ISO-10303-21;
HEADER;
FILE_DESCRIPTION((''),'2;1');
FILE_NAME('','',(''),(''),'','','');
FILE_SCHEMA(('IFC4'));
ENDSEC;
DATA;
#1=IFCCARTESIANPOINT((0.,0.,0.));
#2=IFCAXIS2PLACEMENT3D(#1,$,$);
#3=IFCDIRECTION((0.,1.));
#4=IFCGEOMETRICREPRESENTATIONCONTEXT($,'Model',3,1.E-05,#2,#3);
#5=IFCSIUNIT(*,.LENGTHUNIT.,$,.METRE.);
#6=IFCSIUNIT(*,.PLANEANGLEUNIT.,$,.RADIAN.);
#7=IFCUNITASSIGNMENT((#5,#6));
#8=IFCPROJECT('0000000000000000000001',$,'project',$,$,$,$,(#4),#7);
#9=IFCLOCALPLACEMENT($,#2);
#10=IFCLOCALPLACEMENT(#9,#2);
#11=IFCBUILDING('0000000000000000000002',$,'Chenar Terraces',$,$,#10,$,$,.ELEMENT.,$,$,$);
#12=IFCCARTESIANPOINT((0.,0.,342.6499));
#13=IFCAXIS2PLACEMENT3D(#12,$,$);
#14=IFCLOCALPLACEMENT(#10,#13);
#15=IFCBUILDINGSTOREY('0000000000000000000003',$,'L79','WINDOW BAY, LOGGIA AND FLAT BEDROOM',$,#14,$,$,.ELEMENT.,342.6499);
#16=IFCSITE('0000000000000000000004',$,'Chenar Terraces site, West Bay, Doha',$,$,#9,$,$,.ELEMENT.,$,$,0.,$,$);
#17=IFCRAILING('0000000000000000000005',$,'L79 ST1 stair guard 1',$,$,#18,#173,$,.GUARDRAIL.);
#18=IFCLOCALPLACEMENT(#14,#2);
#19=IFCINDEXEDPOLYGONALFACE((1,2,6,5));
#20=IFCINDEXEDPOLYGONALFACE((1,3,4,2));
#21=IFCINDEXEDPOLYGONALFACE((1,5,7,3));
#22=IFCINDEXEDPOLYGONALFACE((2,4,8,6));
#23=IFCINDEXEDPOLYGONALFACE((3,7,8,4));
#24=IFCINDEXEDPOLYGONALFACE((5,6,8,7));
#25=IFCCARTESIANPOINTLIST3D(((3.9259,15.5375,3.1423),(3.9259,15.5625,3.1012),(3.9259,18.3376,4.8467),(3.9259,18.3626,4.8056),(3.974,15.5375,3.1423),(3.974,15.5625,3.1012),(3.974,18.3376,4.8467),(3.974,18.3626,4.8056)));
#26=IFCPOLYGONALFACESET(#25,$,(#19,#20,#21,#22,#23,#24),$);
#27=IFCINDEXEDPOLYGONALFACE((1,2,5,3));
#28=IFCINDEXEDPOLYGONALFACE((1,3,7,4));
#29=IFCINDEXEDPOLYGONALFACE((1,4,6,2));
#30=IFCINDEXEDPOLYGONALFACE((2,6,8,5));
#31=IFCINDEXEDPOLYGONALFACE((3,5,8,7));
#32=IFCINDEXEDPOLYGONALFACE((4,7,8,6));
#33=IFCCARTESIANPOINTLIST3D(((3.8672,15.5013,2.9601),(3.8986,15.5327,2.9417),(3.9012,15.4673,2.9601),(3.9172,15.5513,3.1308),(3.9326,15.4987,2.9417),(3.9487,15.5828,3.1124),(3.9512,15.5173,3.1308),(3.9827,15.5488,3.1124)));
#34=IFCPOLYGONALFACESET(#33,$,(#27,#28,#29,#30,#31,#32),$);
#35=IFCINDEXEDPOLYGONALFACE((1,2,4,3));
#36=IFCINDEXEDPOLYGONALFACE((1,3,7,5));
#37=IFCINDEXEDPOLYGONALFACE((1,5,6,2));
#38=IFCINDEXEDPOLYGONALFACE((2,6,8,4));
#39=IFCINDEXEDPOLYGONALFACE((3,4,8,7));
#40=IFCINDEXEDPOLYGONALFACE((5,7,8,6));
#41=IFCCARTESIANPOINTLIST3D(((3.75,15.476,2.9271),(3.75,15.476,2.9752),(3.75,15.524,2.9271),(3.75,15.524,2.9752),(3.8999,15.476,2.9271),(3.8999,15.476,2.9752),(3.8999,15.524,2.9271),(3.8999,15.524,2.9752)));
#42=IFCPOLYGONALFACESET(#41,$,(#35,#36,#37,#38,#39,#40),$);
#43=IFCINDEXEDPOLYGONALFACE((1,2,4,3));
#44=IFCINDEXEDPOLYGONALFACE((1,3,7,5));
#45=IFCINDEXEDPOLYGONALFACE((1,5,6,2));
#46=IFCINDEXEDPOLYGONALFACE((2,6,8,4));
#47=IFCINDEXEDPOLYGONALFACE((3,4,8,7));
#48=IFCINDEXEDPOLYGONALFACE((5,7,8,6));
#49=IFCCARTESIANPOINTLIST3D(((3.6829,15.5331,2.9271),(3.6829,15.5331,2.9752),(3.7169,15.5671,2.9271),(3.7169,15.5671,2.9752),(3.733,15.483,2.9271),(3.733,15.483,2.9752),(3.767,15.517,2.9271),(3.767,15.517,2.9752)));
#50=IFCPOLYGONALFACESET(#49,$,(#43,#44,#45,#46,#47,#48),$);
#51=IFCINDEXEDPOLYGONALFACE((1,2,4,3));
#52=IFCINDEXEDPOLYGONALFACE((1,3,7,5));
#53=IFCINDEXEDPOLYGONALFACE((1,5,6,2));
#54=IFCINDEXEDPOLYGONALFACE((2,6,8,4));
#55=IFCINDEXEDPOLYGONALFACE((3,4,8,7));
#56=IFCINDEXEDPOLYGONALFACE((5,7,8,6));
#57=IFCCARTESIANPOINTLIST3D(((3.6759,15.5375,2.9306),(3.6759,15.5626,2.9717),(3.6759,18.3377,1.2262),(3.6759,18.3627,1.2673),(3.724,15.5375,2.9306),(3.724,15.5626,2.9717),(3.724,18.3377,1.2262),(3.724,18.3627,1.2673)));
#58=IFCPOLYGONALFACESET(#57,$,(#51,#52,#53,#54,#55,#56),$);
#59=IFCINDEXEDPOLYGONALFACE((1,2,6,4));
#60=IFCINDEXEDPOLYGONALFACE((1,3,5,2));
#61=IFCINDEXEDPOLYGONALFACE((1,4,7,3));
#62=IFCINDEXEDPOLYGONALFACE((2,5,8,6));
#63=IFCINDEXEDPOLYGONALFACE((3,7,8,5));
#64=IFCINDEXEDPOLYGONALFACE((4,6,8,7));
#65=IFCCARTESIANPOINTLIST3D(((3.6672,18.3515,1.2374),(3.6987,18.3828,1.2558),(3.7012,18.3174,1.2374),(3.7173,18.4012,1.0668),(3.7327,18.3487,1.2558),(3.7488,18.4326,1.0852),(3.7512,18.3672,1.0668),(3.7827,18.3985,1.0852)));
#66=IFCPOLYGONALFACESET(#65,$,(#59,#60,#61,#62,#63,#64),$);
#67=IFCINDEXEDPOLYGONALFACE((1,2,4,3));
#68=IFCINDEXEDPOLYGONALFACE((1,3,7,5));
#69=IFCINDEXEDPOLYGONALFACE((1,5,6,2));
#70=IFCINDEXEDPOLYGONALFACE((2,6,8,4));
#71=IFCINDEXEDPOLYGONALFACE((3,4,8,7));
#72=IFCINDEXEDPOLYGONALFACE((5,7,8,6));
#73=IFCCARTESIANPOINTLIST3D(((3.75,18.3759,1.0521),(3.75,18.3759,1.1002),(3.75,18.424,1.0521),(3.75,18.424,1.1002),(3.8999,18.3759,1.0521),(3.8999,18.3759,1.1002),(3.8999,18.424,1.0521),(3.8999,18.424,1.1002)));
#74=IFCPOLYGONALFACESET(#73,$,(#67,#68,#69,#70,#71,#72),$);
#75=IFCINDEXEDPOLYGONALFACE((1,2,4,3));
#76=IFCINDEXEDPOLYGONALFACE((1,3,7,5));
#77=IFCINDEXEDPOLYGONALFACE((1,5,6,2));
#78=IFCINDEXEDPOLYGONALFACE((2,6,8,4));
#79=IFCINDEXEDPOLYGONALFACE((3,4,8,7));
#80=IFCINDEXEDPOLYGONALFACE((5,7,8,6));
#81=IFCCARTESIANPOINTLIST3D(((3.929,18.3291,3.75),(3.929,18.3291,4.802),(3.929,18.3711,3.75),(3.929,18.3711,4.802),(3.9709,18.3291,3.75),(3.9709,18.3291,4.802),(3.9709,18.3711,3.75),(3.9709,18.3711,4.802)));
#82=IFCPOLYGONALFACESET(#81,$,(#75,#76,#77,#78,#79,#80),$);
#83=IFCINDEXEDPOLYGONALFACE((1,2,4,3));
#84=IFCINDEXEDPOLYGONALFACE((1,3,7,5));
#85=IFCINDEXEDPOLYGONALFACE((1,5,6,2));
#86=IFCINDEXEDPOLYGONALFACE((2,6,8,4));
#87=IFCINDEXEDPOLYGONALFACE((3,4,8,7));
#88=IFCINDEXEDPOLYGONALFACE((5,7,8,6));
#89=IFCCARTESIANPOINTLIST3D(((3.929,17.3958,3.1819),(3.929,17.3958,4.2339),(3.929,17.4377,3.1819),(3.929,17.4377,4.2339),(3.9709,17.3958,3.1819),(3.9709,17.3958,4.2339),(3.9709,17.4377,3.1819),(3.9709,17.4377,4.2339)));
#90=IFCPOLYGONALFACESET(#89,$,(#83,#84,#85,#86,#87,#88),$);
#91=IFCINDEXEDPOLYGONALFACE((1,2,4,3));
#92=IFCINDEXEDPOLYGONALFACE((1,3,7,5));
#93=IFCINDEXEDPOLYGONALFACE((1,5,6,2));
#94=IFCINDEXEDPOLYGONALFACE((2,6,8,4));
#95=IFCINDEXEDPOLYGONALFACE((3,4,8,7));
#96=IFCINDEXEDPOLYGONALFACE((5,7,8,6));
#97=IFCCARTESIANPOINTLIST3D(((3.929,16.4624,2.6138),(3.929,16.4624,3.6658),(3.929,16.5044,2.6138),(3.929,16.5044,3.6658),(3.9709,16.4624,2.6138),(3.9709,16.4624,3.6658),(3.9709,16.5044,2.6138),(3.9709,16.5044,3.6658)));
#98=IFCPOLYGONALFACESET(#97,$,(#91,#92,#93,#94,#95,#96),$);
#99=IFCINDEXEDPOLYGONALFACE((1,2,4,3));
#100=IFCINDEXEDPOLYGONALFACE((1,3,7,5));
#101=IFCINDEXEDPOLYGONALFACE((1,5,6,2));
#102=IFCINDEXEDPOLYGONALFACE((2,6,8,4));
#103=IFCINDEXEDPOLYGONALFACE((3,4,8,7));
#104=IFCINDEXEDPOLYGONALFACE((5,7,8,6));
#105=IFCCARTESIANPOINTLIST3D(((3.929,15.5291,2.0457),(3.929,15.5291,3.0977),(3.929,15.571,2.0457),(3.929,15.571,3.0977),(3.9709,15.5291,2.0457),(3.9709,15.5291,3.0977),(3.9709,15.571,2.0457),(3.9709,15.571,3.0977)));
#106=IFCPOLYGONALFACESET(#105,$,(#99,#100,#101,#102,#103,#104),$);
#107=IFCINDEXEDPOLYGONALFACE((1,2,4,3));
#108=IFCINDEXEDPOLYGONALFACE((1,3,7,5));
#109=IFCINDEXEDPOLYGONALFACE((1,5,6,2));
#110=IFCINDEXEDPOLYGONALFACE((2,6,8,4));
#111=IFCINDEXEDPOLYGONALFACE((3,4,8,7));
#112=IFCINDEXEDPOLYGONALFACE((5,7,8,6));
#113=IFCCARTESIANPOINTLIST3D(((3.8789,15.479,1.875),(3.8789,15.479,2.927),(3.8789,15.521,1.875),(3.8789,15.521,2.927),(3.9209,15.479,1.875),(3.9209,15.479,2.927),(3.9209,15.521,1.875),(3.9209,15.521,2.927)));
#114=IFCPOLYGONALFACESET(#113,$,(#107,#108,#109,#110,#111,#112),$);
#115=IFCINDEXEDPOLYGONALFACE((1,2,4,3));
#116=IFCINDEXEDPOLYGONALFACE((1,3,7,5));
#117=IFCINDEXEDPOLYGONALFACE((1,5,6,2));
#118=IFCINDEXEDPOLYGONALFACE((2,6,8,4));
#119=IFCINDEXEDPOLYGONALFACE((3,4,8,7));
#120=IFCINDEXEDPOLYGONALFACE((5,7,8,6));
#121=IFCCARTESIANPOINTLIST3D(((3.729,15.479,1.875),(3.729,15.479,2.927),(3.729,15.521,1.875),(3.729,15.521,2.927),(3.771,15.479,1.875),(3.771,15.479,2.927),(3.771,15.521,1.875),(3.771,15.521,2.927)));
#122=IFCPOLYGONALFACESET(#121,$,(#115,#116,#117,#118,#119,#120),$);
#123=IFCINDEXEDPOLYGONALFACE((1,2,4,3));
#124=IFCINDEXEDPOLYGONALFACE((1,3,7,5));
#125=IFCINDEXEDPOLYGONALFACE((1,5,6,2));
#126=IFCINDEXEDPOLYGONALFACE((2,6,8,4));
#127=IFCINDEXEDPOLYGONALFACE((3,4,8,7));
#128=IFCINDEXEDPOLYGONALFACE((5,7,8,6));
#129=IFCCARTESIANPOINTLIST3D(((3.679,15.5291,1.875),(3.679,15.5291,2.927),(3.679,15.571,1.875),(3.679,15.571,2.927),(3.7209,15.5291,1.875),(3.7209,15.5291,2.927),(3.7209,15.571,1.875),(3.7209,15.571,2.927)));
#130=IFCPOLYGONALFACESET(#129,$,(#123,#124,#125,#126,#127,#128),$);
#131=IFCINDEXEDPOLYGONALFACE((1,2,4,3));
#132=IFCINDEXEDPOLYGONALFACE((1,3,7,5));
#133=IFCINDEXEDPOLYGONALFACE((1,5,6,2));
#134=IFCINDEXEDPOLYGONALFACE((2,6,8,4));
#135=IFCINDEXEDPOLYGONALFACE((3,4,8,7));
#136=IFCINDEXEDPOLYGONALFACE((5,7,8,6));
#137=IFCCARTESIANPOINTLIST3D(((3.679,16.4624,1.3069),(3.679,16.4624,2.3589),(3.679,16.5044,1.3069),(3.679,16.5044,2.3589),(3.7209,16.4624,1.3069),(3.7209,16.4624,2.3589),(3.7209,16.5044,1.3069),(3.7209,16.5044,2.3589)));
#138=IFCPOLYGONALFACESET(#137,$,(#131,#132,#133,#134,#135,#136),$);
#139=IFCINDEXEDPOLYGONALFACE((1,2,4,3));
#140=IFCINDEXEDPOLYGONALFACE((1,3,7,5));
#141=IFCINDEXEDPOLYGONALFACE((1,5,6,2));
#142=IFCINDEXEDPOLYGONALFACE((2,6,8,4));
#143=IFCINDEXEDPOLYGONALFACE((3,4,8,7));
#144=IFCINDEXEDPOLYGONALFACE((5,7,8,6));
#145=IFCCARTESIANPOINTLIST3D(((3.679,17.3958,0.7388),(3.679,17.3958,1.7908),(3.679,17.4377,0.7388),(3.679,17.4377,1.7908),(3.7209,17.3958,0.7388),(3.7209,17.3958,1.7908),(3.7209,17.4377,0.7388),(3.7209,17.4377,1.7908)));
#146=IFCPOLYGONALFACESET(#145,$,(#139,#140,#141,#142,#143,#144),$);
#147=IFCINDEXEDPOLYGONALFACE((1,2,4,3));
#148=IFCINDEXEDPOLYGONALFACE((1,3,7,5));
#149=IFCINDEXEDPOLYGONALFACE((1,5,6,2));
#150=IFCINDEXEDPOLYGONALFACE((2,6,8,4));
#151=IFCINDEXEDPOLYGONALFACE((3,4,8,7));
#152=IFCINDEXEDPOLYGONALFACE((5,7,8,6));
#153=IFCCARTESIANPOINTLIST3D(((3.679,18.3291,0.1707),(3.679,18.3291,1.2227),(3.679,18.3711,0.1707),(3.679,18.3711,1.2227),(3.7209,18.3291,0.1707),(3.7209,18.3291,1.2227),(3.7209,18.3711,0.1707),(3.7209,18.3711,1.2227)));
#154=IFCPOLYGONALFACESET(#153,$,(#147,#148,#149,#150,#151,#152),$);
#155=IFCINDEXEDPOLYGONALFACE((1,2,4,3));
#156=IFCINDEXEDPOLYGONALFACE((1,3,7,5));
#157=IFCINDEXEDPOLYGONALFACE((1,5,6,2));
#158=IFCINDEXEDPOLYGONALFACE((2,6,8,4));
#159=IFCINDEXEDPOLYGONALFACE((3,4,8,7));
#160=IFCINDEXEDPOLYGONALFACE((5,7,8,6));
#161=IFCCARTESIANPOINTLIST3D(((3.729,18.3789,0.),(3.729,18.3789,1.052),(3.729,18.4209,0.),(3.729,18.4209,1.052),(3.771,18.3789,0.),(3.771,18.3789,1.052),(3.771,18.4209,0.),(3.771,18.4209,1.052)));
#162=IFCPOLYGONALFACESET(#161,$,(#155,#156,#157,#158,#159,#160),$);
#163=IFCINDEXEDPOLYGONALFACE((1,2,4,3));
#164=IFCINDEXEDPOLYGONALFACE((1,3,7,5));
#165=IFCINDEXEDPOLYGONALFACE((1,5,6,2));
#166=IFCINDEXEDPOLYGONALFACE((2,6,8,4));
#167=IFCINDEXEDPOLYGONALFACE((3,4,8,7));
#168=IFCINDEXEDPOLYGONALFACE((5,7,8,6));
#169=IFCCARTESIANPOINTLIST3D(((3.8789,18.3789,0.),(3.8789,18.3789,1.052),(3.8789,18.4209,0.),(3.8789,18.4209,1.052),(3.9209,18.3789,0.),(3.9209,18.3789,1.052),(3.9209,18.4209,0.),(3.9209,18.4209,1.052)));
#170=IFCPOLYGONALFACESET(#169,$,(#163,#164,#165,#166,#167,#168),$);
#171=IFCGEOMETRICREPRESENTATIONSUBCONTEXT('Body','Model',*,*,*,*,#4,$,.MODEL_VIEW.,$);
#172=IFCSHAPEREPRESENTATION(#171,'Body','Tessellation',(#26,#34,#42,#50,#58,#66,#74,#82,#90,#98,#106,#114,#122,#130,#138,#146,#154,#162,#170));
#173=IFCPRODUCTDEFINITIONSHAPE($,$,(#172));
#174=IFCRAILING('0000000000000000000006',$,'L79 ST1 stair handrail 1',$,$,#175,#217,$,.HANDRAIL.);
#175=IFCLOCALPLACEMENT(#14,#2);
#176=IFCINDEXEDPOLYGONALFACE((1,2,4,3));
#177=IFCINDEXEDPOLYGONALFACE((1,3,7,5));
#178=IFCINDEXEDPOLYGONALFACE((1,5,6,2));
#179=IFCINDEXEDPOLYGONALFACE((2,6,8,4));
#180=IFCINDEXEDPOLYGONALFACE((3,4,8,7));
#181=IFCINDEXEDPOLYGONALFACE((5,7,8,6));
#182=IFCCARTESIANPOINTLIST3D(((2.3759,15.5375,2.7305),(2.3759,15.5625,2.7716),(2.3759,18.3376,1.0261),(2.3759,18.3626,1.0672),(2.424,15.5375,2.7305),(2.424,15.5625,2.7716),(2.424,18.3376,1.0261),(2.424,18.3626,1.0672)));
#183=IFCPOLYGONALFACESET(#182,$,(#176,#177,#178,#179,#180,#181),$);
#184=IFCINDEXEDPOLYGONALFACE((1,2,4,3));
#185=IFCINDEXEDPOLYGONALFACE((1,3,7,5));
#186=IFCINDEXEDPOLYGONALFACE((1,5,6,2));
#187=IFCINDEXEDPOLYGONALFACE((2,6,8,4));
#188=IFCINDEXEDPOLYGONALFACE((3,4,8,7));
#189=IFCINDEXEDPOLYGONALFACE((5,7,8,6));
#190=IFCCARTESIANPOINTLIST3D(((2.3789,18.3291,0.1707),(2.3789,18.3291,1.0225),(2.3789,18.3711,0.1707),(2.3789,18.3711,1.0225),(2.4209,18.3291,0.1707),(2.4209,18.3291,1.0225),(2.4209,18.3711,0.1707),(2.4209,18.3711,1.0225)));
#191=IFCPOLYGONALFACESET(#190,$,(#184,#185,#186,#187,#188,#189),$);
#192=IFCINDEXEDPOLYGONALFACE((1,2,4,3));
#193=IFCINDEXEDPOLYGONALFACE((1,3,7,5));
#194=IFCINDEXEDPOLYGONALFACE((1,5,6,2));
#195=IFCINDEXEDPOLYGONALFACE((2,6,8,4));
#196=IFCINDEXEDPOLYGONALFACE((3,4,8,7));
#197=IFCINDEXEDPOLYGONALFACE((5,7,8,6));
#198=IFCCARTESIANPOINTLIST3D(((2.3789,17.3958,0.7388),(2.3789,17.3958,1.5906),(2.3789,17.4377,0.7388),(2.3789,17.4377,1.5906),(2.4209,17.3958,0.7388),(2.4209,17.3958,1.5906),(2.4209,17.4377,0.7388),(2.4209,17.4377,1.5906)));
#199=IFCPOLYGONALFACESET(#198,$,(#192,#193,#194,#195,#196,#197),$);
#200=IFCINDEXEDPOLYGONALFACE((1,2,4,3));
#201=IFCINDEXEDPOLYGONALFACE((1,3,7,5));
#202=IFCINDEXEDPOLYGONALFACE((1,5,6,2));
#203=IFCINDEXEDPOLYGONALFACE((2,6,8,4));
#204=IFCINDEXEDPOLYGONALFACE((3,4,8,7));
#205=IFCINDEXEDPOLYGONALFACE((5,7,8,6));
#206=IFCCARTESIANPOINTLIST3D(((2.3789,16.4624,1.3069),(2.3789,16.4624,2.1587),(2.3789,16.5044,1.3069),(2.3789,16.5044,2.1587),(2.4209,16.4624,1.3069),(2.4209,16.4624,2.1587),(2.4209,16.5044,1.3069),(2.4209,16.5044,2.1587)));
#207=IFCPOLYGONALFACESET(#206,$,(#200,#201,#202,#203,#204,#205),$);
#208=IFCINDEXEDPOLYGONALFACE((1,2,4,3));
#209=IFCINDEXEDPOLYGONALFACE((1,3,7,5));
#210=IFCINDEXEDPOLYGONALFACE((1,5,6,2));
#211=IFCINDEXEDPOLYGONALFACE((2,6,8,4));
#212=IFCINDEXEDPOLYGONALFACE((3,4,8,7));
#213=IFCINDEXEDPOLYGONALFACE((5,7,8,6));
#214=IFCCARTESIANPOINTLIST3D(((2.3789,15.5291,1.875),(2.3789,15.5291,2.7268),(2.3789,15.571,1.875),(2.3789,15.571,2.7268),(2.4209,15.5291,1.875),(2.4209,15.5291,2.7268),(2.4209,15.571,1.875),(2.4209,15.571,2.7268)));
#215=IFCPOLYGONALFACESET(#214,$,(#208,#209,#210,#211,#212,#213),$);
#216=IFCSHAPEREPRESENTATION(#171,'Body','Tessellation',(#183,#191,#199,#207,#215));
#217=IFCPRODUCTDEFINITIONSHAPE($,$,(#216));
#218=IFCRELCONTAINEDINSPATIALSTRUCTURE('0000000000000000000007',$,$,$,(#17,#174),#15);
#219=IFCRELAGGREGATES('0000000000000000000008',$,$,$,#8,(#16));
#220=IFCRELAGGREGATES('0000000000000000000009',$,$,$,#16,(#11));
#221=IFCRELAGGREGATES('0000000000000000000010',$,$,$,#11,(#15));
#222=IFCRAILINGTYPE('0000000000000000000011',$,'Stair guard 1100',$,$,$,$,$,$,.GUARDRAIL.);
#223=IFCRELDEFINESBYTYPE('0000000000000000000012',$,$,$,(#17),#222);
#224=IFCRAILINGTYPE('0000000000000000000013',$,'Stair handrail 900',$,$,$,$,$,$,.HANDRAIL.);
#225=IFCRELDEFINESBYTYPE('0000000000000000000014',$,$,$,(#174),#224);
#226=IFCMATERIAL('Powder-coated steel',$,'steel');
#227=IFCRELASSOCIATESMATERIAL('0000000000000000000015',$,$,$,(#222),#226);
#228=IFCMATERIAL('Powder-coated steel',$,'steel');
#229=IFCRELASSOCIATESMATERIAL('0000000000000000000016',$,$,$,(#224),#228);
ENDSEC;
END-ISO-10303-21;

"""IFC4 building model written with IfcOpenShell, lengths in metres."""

from ifc_helpers import new_model, si_unit, direction, frame, origin, origin_2d, place, context, subcontext, project, spatial, rectangle, extrude, material, type_object, element, save


model = new_model("IFC4")

# Units and contexts
model_context = context("Model", 3, precision=1e-05, world=origin(), true_north=direction((0.0, 1.0)))
body_context = subcontext(model_context, "Body", "Model", "MODEL_VIEW")
ifc_project = project(units=[si_unit("LENGTHUNIT", "METRE"), si_unit("PLANEANGLEUNIT", "RADIAN")], contexts=[model_context])

# Site, building, storey
site_placement = place(None, origin())
site = spatial("IfcSite", under=ifc_project, at=site_placement, Name="Chenar Terraces site, West Bay, Doha", CompositionType="ELEMENT", RefElevation=0.0)
building_placement = place(site_placement, origin())
building = spatial("IfcBuilding", under=site, at=building_placement, Name="Chenar Terraces", CompositionType="ELEMENT")
storey_placement = place(building_placement, frame((0.0, 0.0, 342.6499)))
storey = spatial("IfcBuildingStorey", under=building, at=storey_placement, Name="L79", Description="WINDOW BAY, LOGGIA AND FLAT BEDROOM", CompositionType="ELEMENT", Elevation=342.6499)

# Railings
ifc_material_1 = material(Name="Powder-coated steel", Category="steel")
railing_type_1 = type_object("IfcRailingType", Name="Stair guard 1100", PredefinedType="GUARDRAIL", material=ifc_material_1)
railing_1_placement = place(storey_placement, frame((3.95, 18.3501, 3.75)))
element("IfcRailing", 1, at=railing_1_placement, inside=storey, type_object=railing_type_1, Name="L79 ST1 stair guard 1", PredefinedType="GUARDRAIL", context=body_context, shape_type="SweptSolid", body=[
    extrude(rectangle(XDim=0.0481, YDim=0.0481, at=origin_2d()), frame((0.0, 0.0, 1.0762), z_axis=(0.0, -0.854203, -0.51994), x_axis=(1.0, 0.0, 0.0)), (0.0, 0.0, 1.0), 3.2781),
    extrude(rectangle(XDim=0.0481, YDim=0.0481, at=origin_2d()), frame((0.0, -2.8, -0.6284), z_axis=(-0.2709, -0.2709, -0.923703), x_axis=(0.707107, -0.707107, 0.0)), (0.0, 0.0, 1.0), 0.1848),
    extrude(rectangle(XDim=0.0481, YDim=0.0481, at=origin_2d()), frame((-0.05, -2.8501, -0.7988), z_axis=(-1.0, 0.0, 0.0), x_axis=(0.0, -1.0, 0.0)), (0.0, 0.0, 1.0), 0.1499),
    extrude(rectangle(XDim=0.0481, YDim=0.0481, at=origin_2d()), frame((-0.2, -2.8501, -0.7988), z_axis=(-0.707107, 0.707107, 0.0), x_axis=(-0.707107, -0.707107, 0.0)), (0.0, 0.0, 1.0), 0.0708),
    extrude(rectangle(XDim=0.0481, YDim=0.0481, at=origin_2d()), frame((-0.25, -2.8, -0.7988), z_axis=(0.0, 0.854203, -0.51994), x_axis=(-1.0, 0.0, 0.0)), (0.0, 0.0, 1.0), 3.2781),
    extrude(rectangle(XDim=0.0481, YDim=0.0481, at=origin_2d()), frame((-0.25, 0.0, -2.5034), z_axis=(0.270997, 0.269675, -0.924033), x_axis=(-0.705376, 0.708834, 0.0)), (0.0, 0.0, 1.0), 0.1846),
    extrude(rectangle(XDim=0.0481, YDim=0.0481, at=origin_2d()), frame((-0.2, 0.0498, -2.6738), z_axis=(1.0, 0.0, 0.0), x_axis=(0.0, 1.0, 0.0)), (0.0, 0.0, 1.0), 0.1499),
    extrude(rectangle(XDim=0.042, YDim=0.042, at=origin_2d()), origin(), (0.0, 0.0, 1.0), 1.052),
    extrude(rectangle(XDim=0.042, YDim=0.042, at=origin_2d()), frame((0.0, -0.9333, -0.5681)), (0.0, 0.0, 1.0), 1.052),
    extrude(rectangle(XDim=0.042, YDim=0.042, at=origin_2d()), frame((0.0, -1.8667, -1.1362)), (0.0, 0.0, 1.0), 1.052),
    extrude(rectangle(XDim=0.042, YDim=0.042, at=origin_2d()), frame((0.0, -2.8, -1.7043)), (0.0, 0.0, 1.0), 1.052),
    extrude(rectangle(XDim=0.042, YDim=0.042, at=origin_2d()), frame((-0.05, -2.8501, -1.875)), (0.0, 0.0, 1.0), 1.052),
    extrude(rectangle(XDim=0.042, YDim=0.042, at=origin_2d()), frame((-0.2, -2.8501, -1.875)), (0.0, 0.0, 1.0), 1.052),
    extrude(rectangle(XDim=0.042, YDim=0.042, at=origin_2d()), frame((-0.25, -2.8, -1.875)), (0.0, 0.0, 1.0), 1.052),
    extrude(rectangle(XDim=0.042, YDim=0.042, at=origin_2d()), frame((-0.25, -1.8667, -2.4431)), (0.0, 0.0, 1.0), 1.052),
    extrude(rectangle(XDim=0.042, YDim=0.042, at=origin_2d()), frame((-0.25, -0.9333, -3.0112)), (0.0, 0.0, 1.0), 1.052),
    extrude(rectangle(XDim=0.042, YDim=0.042, at=origin_2d()), frame((-0.25, 0.0, -3.5793)), (0.0, 0.0, 1.0), 1.052),
    extrude(rectangle(XDim=0.042, YDim=0.042, at=origin_2d()), frame((-0.2, 0.0498, -3.75)), (0.0, 0.0, 1.0), 1.052),
    extrude(rectangle(XDim=0.042, YDim=0.042, at=origin_2d()), frame((-0.05, 0.0498, -3.75)), (0.0, 0.0, 1.0), 1.052),
])
ifc_material_2 = material(Name="Powder-coated steel", Category="steel")
railing_type_2 = type_object("IfcRailingType", Name="Stair handrail 900", PredefinedType="HANDRAIL", material=ifc_material_2)
railing_2_placement = place(storey_placement, frame((2.3999, 18.3501, 0.1707)))
element("IfcRailing", 2, at=railing_2_placement, inside=storey, type_object=railing_type_2, Name="L79 ST1 stair handrail 1", PredefinedType="HANDRAIL", context=body_context, shape_type="SweptSolid", body=[
    extrude(rectangle(XDim=0.0481, YDim=0.0481, at=origin_2d()), frame((0.0, 0.0, 0.876), z_axis=(0.0, -0.854203, 0.51994), x_axis=(1.0, 0.0, 0.0)), (0.0, 0.0, 1.0), 3.2781),
    extrude(rectangle(XDim=0.042, YDim=0.042, at=origin_2d()), origin(), (0.0, 0.0, 1.0), 0.8518),
    extrude(rectangle(XDim=0.042, YDim=0.042, at=origin_2d()), frame((0.0, -0.9333, 0.5681)), (0.0, 0.0, 1.0), 0.8518),
    extrude(rectangle(XDim=0.042, YDim=0.042, at=origin_2d()), frame((0.0, -1.8667, 1.1362)), (0.0, 0.0, 1.0), 0.8518),
    extrude(rectangle(XDim=0.042, YDim=0.042, at=origin_2d()), frame((0.0, -2.8, 1.7043)), (0.0, 0.0, 1.0), 0.8518),
])

save(model, "model.ifc")
